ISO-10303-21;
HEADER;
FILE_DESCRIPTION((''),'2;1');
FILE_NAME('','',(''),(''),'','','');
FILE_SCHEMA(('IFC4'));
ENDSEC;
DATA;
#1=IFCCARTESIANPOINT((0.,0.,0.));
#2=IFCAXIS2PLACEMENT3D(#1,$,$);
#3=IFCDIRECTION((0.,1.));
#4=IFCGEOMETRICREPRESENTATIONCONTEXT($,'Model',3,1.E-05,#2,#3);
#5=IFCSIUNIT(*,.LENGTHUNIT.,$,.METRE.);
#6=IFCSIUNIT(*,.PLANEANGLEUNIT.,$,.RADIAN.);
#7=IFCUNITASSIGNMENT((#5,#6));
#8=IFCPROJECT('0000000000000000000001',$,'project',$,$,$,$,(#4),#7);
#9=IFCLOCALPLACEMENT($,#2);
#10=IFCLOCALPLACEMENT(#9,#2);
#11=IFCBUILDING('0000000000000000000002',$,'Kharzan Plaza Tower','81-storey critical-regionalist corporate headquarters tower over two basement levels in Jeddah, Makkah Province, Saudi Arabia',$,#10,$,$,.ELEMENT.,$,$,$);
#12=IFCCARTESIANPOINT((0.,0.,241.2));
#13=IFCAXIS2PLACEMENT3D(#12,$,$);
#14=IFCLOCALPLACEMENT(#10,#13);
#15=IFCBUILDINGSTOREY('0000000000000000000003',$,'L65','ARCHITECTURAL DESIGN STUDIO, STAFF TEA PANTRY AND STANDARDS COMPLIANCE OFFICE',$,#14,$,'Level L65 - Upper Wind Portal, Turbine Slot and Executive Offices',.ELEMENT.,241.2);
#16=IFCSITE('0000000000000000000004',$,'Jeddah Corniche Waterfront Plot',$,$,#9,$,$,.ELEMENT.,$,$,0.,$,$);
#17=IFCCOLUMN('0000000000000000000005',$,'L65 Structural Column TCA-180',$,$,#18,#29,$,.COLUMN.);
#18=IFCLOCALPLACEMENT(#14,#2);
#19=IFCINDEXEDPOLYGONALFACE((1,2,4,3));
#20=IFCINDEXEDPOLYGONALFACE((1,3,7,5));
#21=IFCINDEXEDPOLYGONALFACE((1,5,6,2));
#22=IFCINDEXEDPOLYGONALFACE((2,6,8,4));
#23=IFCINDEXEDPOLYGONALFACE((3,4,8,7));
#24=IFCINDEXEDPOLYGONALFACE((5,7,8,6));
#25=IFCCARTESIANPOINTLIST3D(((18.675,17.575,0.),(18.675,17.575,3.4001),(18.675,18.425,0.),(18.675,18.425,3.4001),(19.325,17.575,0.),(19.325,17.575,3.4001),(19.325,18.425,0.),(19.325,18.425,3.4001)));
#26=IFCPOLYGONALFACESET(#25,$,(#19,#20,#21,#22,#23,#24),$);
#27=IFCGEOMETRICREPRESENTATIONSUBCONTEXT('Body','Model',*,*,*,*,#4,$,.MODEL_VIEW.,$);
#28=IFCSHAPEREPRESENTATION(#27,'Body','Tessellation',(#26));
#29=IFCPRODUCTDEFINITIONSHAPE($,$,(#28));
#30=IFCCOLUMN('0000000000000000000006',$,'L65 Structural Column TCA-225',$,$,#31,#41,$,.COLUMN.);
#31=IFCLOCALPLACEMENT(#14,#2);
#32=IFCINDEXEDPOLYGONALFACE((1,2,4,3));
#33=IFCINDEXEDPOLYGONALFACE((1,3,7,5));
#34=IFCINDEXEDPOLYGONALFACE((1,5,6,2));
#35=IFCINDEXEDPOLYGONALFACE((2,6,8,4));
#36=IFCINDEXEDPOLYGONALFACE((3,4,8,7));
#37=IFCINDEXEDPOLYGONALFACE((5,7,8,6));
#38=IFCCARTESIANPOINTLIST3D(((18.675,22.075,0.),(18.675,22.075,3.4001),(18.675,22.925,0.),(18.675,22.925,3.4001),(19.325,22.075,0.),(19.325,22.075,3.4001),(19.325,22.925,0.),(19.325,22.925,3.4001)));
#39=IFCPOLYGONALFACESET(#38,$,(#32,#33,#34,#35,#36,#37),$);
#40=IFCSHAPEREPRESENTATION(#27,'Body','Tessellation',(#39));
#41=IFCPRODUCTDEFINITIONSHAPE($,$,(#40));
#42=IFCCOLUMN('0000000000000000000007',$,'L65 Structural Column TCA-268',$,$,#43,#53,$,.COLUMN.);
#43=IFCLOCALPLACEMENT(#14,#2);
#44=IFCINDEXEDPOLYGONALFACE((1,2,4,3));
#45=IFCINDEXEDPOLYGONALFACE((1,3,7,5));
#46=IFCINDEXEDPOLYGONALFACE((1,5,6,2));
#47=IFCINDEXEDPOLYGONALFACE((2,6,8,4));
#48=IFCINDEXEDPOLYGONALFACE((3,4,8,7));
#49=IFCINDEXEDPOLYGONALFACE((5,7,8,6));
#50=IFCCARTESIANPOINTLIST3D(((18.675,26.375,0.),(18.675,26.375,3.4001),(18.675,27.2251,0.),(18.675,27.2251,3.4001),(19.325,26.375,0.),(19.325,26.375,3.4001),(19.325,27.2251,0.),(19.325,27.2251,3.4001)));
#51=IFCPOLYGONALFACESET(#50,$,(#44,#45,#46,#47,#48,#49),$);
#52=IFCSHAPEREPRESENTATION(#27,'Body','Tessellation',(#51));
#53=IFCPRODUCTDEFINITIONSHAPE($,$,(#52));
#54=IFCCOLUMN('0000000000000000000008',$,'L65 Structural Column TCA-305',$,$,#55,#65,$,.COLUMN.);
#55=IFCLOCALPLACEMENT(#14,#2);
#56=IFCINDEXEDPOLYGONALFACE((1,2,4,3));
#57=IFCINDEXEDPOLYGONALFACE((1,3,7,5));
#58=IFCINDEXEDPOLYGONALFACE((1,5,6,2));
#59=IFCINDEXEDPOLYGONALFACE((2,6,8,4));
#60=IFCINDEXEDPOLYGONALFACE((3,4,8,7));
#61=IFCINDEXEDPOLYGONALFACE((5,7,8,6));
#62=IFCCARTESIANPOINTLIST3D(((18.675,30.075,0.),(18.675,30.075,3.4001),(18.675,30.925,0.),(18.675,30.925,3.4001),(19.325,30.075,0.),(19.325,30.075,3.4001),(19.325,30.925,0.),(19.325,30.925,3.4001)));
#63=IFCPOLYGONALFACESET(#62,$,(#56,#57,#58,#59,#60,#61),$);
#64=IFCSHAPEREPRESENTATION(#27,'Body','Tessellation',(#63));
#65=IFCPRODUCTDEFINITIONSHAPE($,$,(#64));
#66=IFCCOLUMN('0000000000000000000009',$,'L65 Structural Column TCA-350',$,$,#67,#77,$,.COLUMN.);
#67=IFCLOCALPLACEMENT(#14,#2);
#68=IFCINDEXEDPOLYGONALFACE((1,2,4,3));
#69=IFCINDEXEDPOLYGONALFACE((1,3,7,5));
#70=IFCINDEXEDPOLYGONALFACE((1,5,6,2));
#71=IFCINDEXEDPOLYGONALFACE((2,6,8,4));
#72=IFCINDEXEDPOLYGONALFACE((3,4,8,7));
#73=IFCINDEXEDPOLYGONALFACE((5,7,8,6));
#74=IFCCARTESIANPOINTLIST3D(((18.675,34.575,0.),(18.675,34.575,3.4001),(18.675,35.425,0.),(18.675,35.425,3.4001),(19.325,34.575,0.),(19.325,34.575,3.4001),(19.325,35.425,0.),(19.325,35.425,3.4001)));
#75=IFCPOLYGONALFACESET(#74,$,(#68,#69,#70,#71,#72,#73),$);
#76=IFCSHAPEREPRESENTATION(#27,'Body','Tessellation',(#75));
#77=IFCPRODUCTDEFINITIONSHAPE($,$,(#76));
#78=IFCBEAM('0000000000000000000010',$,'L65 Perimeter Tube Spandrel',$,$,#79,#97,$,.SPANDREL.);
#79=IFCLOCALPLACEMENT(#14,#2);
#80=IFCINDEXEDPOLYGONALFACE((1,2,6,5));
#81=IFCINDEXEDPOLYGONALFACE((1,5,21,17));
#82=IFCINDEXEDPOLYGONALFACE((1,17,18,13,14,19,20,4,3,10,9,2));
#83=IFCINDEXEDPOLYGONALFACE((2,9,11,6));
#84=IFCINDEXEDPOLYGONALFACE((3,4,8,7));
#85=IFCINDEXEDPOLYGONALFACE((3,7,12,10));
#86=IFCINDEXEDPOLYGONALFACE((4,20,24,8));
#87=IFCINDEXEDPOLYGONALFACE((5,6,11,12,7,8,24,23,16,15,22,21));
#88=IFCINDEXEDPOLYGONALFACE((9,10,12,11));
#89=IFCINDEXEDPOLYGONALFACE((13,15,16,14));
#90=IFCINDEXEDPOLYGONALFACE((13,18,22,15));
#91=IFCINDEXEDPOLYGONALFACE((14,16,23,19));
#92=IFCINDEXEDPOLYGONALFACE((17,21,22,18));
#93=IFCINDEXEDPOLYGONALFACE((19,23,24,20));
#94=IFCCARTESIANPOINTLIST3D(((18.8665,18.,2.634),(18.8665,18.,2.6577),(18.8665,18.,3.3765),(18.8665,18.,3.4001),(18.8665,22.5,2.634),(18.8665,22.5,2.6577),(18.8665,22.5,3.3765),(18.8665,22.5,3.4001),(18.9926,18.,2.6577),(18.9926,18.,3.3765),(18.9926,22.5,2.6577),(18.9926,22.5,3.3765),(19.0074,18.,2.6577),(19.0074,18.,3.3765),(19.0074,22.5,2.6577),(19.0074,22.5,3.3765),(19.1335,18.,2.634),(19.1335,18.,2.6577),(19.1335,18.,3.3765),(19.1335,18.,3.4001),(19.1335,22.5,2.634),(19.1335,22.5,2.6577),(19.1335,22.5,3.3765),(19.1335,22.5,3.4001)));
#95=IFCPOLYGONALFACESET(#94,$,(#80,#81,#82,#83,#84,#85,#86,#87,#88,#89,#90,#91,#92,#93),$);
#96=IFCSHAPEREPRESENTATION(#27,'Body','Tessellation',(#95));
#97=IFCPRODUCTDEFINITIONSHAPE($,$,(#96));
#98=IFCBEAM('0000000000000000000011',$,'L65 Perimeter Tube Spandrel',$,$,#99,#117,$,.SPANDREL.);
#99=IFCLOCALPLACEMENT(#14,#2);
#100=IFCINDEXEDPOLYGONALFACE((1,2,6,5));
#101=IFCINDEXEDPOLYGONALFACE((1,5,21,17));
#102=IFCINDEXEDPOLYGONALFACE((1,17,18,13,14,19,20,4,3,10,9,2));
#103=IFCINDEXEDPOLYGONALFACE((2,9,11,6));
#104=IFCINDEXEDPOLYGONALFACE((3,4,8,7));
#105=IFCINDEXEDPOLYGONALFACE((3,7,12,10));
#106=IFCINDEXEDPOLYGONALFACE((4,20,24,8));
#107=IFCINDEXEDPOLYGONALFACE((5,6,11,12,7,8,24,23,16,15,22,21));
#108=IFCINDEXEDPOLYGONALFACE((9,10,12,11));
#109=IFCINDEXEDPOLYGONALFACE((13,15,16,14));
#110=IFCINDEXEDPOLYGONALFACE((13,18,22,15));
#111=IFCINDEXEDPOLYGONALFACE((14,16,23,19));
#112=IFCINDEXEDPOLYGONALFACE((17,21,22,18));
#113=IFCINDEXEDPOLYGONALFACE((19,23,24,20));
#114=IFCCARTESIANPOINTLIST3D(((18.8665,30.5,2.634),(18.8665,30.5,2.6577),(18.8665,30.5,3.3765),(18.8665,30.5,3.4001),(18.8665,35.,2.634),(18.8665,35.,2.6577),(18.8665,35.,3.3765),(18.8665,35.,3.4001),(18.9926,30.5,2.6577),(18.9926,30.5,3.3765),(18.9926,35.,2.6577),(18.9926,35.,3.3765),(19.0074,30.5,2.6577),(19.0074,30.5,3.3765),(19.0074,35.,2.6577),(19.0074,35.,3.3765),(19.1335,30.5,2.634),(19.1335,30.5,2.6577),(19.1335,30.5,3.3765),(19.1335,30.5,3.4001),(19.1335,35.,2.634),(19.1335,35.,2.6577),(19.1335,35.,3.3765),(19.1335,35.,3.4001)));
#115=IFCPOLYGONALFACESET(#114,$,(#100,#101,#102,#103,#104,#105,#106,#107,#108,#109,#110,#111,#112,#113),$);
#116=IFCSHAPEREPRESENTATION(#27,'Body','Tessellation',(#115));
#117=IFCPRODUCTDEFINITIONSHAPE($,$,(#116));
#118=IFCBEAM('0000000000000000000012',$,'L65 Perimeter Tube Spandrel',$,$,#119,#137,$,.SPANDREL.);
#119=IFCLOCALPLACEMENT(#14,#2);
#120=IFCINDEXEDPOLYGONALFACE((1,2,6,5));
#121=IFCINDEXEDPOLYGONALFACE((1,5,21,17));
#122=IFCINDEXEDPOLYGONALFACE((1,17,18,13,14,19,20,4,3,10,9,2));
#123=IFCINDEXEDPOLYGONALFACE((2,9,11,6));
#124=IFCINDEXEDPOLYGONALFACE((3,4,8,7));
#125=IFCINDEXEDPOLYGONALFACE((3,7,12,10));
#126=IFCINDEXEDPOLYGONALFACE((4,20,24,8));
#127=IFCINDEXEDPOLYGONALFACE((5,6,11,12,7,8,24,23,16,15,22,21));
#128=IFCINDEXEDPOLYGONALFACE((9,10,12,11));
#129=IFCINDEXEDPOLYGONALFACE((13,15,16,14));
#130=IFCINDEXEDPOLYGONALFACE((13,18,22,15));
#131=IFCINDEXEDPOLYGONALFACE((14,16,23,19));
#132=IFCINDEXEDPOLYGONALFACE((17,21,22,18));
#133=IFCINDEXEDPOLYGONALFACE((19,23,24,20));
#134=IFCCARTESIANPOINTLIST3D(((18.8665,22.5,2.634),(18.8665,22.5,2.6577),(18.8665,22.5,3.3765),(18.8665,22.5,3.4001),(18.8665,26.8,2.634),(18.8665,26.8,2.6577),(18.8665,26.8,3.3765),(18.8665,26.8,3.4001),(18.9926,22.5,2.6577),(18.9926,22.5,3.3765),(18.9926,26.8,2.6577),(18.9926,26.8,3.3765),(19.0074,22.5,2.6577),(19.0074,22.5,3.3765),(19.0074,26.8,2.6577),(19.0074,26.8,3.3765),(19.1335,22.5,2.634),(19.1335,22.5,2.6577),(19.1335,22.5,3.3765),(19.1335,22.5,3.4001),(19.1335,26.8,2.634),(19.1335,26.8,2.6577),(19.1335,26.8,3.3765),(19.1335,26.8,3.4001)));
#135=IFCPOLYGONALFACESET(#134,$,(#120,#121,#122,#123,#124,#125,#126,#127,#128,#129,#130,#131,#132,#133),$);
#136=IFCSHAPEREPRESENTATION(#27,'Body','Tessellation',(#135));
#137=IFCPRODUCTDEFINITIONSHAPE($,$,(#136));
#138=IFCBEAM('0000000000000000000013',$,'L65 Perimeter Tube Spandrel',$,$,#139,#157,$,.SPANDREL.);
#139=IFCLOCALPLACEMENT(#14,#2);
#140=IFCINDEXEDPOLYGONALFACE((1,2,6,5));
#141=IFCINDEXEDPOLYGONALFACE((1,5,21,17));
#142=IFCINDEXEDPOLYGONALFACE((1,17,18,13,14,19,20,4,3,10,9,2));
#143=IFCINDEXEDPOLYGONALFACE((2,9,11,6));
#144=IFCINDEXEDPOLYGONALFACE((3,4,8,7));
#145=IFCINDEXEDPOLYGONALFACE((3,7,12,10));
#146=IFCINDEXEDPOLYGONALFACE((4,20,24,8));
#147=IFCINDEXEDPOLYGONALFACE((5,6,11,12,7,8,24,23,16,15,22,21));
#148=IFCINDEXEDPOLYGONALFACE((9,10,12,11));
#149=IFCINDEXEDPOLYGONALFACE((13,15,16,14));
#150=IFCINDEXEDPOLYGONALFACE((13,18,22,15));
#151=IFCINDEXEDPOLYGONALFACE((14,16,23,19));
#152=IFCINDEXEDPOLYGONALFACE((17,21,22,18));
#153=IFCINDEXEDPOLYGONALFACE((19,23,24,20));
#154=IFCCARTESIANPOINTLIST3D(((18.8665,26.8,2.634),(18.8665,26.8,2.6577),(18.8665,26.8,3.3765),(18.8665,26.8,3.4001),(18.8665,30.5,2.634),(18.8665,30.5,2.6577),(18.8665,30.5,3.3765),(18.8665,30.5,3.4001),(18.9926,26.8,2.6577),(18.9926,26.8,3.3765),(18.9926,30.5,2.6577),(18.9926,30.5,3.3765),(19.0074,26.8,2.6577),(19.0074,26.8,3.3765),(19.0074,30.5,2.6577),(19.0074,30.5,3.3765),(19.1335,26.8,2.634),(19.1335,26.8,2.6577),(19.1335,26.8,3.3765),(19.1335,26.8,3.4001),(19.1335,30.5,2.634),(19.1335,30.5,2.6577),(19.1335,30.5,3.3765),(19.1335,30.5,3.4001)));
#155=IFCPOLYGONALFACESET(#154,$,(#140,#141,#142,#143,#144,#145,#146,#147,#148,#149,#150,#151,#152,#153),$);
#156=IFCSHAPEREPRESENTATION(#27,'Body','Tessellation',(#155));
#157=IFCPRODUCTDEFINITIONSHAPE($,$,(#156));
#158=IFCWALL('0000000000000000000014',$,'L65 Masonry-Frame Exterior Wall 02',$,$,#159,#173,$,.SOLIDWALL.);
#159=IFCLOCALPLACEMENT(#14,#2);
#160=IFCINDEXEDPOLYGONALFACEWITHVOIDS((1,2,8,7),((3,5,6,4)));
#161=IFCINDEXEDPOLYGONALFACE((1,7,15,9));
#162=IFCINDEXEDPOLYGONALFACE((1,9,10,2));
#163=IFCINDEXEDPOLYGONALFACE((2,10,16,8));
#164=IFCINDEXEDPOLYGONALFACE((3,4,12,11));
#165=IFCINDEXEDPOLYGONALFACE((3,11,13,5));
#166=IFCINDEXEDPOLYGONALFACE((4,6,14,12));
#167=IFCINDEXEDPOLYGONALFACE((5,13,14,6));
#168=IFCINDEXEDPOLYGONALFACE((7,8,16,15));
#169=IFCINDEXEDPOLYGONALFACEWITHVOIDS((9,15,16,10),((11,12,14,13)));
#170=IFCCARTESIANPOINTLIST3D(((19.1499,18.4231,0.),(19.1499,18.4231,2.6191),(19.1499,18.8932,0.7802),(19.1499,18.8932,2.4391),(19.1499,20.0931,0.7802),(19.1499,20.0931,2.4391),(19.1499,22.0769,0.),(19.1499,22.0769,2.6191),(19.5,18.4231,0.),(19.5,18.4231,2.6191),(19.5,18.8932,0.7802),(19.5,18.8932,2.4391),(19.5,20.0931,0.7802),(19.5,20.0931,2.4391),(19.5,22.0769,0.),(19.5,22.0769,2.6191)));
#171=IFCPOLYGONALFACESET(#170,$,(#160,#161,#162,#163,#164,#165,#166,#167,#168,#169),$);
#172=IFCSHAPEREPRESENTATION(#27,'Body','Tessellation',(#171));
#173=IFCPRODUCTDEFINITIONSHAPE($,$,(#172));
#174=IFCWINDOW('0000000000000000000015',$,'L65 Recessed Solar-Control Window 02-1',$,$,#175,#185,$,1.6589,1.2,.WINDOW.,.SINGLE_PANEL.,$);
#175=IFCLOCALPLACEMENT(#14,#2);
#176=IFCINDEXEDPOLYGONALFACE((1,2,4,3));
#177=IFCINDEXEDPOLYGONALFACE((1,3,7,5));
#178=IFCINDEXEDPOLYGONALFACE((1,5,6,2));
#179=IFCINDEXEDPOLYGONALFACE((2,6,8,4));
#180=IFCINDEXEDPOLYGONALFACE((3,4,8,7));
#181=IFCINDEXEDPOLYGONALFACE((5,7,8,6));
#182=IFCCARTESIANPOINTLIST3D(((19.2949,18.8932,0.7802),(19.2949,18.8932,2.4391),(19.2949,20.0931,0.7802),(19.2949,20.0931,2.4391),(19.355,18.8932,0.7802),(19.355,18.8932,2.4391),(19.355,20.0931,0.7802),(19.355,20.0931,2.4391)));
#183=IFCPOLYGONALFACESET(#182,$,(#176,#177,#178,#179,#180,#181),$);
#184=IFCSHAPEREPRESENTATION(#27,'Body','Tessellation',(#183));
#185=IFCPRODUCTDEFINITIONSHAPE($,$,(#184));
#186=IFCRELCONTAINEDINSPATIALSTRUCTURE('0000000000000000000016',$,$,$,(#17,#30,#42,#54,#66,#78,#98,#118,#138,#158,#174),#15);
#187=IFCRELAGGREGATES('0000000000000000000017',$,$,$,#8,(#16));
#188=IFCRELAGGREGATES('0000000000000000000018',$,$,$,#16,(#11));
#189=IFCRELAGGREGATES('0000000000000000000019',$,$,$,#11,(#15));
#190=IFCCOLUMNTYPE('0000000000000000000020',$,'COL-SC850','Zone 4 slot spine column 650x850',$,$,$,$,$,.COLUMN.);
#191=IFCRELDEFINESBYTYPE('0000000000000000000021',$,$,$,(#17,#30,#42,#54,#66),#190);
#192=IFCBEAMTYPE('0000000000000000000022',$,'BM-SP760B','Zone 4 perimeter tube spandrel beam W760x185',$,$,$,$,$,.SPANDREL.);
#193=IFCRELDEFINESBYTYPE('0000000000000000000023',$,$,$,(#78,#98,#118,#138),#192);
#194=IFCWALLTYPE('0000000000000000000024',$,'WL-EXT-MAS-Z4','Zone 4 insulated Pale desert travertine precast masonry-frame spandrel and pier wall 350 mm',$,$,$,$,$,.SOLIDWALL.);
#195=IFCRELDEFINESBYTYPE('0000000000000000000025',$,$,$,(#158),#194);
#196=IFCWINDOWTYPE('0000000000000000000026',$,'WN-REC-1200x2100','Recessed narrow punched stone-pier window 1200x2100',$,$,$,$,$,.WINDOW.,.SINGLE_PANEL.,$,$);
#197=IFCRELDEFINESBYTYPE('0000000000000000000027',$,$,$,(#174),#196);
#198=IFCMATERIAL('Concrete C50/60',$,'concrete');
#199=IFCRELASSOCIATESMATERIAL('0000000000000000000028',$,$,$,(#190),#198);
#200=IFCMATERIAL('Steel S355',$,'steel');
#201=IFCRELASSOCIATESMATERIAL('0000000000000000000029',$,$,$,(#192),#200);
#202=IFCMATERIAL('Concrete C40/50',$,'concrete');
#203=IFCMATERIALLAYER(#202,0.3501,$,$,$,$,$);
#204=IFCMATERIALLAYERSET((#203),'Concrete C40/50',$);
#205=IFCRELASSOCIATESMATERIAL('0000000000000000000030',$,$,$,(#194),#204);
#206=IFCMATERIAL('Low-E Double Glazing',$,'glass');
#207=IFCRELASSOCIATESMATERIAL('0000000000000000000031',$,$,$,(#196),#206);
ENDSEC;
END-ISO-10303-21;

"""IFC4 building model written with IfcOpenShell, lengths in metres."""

from ifc_helpers import new_model, si_unit, direction, frame, frame_2d, origin, origin_2d, place, context, subcontext, project, spatial, rectangle, i_section, extrude, source, transform, mapped, material, layer, layer_set, material_profile, profile_set, type_object, element, fill, save


model = new_model("IFC4")

# Units and contexts
model_context = context("Model", 3, precision=1e-05, world=origin(), true_north=direction((0.0, 1.0)))
body_context = subcontext(model_context, "Body", "Model", "MODEL_VIEW")
ifc_project = project(units=[si_unit("LENGTHUNIT", "METRE"), si_unit("PLANEANGLEUNIT", "RADIAN")], contexts=[model_context])

# Site, building, storey
site_placement = place(None, origin())
site = spatial("IfcSite", under=ifc_project, at=site_placement, Name="Jeddah Corniche Waterfront Plot", CompositionType="ELEMENT", RefElevation=0.0)
building_placement = place(site_placement, origin())
building = spatial("IfcBuilding", under=site, at=building_placement, Name="Kharzan Plaza Tower", Description="81-storey critical-regionalist corporate headquarters tower over two basement levels in Jeddah, Makkah Province, Saudi Arabia", CompositionType="ELEMENT")
storey_placement = place(building_placement, frame((0.0, 0.0, 241.2)))
storey = spatial("IfcBuildingStorey", under=building, at=storey_placement, Name="L65", Description="ARCHITECTURAL DESIGN STUDIO, STAFF TEA PANTRY AND STANDARDS COMPLIANCE OFFICE", LongName="Level L65 - Upper Wind Portal, Turbine Slot and Executive Offices", CompositionType="ELEMENT", Elevation=241.2)

# Columns
ifc_material_1 = material(Name="Concrete C50/60", Category="concrete")
ifc_material_profile_1 = material_profile(ifc_material_1, rectangle(XDim=0.6499, YDim=0.8501, at=origin_2d()), Name="RC-SC850x650")
ifc_profile_set_1 = profile_set([ifc_material_profile_1], Name="Concrete C50/60")
column_type = type_object("IfcColumnType", Name="COL-SC850", Description="Zone 4 slot spine column 650x850", PredefinedType="COLUMN", material=ifc_profile_set_1)
shared_shape_1 = source(origin(), body_context, "Body", "SweptSolid", [
    extrude(rectangle(XDim=0.6499, YDim=0.8501, at=origin_2d()), origin(), (0.0, 0.0, 1.0), 3.4001),
])
for number, where, z_axis, x_axis, name in (
    (1, (19.0, 18.0, 0.0), (0.0, 0.0, 1.0), (1.0, 0.0, 0.0), "L65 Structural Column TCA-180"),
    (2, (19.0, 22.5, 0.0), (0.0, 0.0, 1.0), (1.0, 0.0, 0.0), "L65 Structural Column TCA-225"),
    (3, (19.0, 26.8, 0.0), (0.0, 0.0, 1.0), (1.0, 0.0, 0.0), "L65 Structural Column TCA-268"),
    (4, (19.0, 30.5, 0.0), (0.0, 0.0, 1.0), (1.0, 0.0, 0.0), "L65 Structural Column TCA-305"),
    (5, (19.0, 35.0, 0.0), (0.0, 0.0, 1.0), (1.0, 0.0, 0.0), "L65 Structural Column TCA-350"),
):
    element("IfcColumn", number, at=place(storey_placement, frame(where, z_axis=z_axis, x_axis=x_axis)), inside=storey, type_object=column_type, Name=name, PredefinedType="COLUMN", context=body_context, shape_type="MappedRepresentation", body=[
        mapped(shared_shape_1, transform((0.0, 0.0, 0.0), x_axis=(1.0, 0.0, 0.0), y_axis=(0.0, 1.0, 0.0), z_axis=(0.0, 0.0, 1.0))),
    ])

# Beams
ifc_material_2 = material(Name="Steel S355", Category="steel")
ifc_material_profile_2 = material_profile(ifc_material_2, i_section(OverallWidth=0.2671, OverallDepth=0.7661, WebThickness=0.0149, FlangeThickness=0.0237, at=origin_2d()), Name="W760x185")
ifc_profile_set_2 = profile_set([ifc_material_profile_2], Name="Steel S355")
beam_type = type_object("IfcBeamType", Name="BM-SP760B", Description="Zone 4 perimeter tube spandrel beam W760x185", PredefinedType="SPANDREL", material=ifc_profile_set_2)
shared_shape_2 = source(origin(), body_context, "Body", "SweptSolid", [
    extrude(i_section(OverallWidth=0.2671, OverallDepth=0.7661, WebThickness=0.0149, FlangeThickness=0.0237, at=origin_2d()), origin(), (0.0, 0.0, 1.0), 4.5),
])
for number, where, z_axis, x_axis, name in (
    (6, (19.0, 18.0, 3.0171), (0.0, 1.0, 0.0), (-1.0, 0.0, 0.0), "L65 Perimeter Tube Spandrel"),
    (7, (19.0, 30.5, 3.0171), (0.0, 1.0, 0.0), (-1.0, 0.0, 0.0), "L65 Perimeter Tube Spandrel"),
):
    element("IfcBeam", number, at=place(storey_placement, frame(where, z_axis=z_axis, x_axis=x_axis)), inside=storey, type_object=beam_type, Name=name, PredefinedType="SPANDREL", context=body_context, shape_type="MappedRepresentation", body=[
        mapped(shared_shape_2, transform((0.0, 0.0, 0.0), x_axis=(1.0, 0.0, 0.0), y_axis=(0.0, 1.0, 0.0), z_axis=(0.0, 0.0, 1.0))),
    ])
shared_shape_3 = source(origin(), body_context, "Body", "SweptSolid", [
    extrude(i_section(OverallWidth=0.2671, OverallDepth=0.7661, WebThickness=0.0149, FlangeThickness=0.0237, at=origin_2d()), origin(), (0.0, 0.0, 1.0), 4.3),
])
beam_1_placement = place(storey_placement, frame((19.0, 22.5, 3.0171), z_axis=(0.0, 1.0, 0.0), x_axis=(-1.0, 0.0, 0.0)))
element("IfcBeam", 8, at=beam_1_placement, inside=storey, type_object=beam_type, Name="L65 Perimeter Tube Spandrel", PredefinedType="SPANDREL", context=body_context, shape_type="MappedRepresentation", body=[
    mapped(shared_shape_3, transform((0.0, 0.0, 0.0), x_axis=(1.0, 0.0, 0.0), y_axis=(0.0, 1.0, 0.0), z_axis=(0.0, 0.0, 1.0))),
])
shared_shape_4 = source(origin(), body_context, "Body", "SweptSolid", [
    extrude(i_section(OverallWidth=0.2671, OverallDepth=0.7661, WebThickness=0.0149, FlangeThickness=0.0237, at=origin_2d()), origin(), (0.0, 0.0, 1.0), 3.7),
])
beam_2_placement = place(storey_placement, frame((19.0, 26.8, 3.0171), z_axis=(0.0, 1.0, 0.0), x_axis=(-1.0, 0.0, 0.0)))
element("IfcBeam", 9, at=beam_2_placement, inside=storey, type_object=beam_type, Name="L65 Perimeter Tube Spandrel", PredefinedType="SPANDREL", context=body_context, shape_type="MappedRepresentation", body=[
    mapped(shared_shape_4, transform((0.0, 0.0, 0.0), x_axis=(1.0, 0.0, 0.0), y_axis=(0.0, 1.0, 0.0), z_axis=(0.0, 0.0, 1.0))),
])

# Wall, opening, window
ifc_material_3 = material(Name="Concrete C40/50", Category="concrete")
ifc_layer_1 = layer(ifc_material_3, 0.3501)
ifc_layer_set_1 = layer_set([ifc_layer_1], Name="Concrete C40/50")
wall_type_1 = type_object("IfcWallType", Name="WL-EXT-MAS-Z4", Description="Zone 4 insulated Pale desert travertine precast masonry-frame spandrel and pier wall 350 mm", PredefinedType="SOLIDWALL", material=ifc_layer_set_1)
wall_1_placement = place(storey_placement, frame((19.325, 18.4231, 0.0), z_axis=(0.0, 0.0, 1.0), x_axis=(0.0, 1.0, 0.0)))
wall_1 = element("IfcWall", 10, at=wall_1_placement, inside=storey, type_object=wall_type_1, Name="L65 Masonry-Frame Exterior Wall 02", PredefinedType="SOLIDWALL", context=body_context, shape_type="SweptSolid", body=[
    extrude(rectangle(XDim=3.6538, YDim=0.3501, at=frame_2d((1.8269, 0.0))), origin(), (0.0, 0.0, 1.0), 2.6191),
])
opening_1_placement = place(wall_1_placement, frame((0.47, 0.0, 0.78)))
opening_1 = element("IfcOpeningElement", 11, at=opening_1_placement, cuts=wall_1, PredefinedType="OPENING", context=body_context, shape_type="SweptSolid", body=[
    extrude(rectangle(XDim=1.2, YDim=1.6589, at=frame_2d((0.6001, 0.8296))), frame((0.0, 0.1851, 0.0), z_axis=(0.0, -1.0, 0.0), x_axis=(1.0, 0.0, 0.0)), (0.0, 0.0, 1.0), 0.3701),
])
ifc_material_4 = material(Name="Low-E Double Glazing", Category="glass")
window_type_1 = type_object("IfcWindowType", Name="WN-REC-1200x2100", Description="Recessed narrow punched stone-pier window 1200x2100", PartitioningType="SINGLE_PANEL", PredefinedType="WINDOW", material=ifc_material_4)
shared_shape_5 = source(origin(), body_context, "Body", "SweptSolid", [
    extrude(rectangle(XDim=1.2, YDim=1.6589, at=frame_2d((0.6001, 0.8296))), frame((0.0, 0.03, 0.0), z_axis=(0.0, -1.0, 0.0), x_axis=(1.0, 0.0, 0.0)), (0.0, 0.0, 1.0), 0.0601),
])
window_1_placement = place(opening_1_placement, origin())
window_1 = element("IfcWindow", 12, at=window_1_placement, inside=storey, type_object=window_type_1, Name="L65 Recessed Solar-Control Window 02-1", OverallHeight=1.6589, OverallWidth=1.2, PartitioningType="SINGLE_PANEL", PredefinedType="WINDOW", context=body_context, shape_type="MappedRepresentation", body=[
    mapped(shared_shape_5, transform((0.0, 0.0, 0.0), x_axis=(1.0, 0.0, 0.0), y_axis=(0.0, 1.0, 0.0), z_axis=(0.0, 0.0, 1.0))),
])
fill(opening_1, window_1)

save(model, "model.ifc")
